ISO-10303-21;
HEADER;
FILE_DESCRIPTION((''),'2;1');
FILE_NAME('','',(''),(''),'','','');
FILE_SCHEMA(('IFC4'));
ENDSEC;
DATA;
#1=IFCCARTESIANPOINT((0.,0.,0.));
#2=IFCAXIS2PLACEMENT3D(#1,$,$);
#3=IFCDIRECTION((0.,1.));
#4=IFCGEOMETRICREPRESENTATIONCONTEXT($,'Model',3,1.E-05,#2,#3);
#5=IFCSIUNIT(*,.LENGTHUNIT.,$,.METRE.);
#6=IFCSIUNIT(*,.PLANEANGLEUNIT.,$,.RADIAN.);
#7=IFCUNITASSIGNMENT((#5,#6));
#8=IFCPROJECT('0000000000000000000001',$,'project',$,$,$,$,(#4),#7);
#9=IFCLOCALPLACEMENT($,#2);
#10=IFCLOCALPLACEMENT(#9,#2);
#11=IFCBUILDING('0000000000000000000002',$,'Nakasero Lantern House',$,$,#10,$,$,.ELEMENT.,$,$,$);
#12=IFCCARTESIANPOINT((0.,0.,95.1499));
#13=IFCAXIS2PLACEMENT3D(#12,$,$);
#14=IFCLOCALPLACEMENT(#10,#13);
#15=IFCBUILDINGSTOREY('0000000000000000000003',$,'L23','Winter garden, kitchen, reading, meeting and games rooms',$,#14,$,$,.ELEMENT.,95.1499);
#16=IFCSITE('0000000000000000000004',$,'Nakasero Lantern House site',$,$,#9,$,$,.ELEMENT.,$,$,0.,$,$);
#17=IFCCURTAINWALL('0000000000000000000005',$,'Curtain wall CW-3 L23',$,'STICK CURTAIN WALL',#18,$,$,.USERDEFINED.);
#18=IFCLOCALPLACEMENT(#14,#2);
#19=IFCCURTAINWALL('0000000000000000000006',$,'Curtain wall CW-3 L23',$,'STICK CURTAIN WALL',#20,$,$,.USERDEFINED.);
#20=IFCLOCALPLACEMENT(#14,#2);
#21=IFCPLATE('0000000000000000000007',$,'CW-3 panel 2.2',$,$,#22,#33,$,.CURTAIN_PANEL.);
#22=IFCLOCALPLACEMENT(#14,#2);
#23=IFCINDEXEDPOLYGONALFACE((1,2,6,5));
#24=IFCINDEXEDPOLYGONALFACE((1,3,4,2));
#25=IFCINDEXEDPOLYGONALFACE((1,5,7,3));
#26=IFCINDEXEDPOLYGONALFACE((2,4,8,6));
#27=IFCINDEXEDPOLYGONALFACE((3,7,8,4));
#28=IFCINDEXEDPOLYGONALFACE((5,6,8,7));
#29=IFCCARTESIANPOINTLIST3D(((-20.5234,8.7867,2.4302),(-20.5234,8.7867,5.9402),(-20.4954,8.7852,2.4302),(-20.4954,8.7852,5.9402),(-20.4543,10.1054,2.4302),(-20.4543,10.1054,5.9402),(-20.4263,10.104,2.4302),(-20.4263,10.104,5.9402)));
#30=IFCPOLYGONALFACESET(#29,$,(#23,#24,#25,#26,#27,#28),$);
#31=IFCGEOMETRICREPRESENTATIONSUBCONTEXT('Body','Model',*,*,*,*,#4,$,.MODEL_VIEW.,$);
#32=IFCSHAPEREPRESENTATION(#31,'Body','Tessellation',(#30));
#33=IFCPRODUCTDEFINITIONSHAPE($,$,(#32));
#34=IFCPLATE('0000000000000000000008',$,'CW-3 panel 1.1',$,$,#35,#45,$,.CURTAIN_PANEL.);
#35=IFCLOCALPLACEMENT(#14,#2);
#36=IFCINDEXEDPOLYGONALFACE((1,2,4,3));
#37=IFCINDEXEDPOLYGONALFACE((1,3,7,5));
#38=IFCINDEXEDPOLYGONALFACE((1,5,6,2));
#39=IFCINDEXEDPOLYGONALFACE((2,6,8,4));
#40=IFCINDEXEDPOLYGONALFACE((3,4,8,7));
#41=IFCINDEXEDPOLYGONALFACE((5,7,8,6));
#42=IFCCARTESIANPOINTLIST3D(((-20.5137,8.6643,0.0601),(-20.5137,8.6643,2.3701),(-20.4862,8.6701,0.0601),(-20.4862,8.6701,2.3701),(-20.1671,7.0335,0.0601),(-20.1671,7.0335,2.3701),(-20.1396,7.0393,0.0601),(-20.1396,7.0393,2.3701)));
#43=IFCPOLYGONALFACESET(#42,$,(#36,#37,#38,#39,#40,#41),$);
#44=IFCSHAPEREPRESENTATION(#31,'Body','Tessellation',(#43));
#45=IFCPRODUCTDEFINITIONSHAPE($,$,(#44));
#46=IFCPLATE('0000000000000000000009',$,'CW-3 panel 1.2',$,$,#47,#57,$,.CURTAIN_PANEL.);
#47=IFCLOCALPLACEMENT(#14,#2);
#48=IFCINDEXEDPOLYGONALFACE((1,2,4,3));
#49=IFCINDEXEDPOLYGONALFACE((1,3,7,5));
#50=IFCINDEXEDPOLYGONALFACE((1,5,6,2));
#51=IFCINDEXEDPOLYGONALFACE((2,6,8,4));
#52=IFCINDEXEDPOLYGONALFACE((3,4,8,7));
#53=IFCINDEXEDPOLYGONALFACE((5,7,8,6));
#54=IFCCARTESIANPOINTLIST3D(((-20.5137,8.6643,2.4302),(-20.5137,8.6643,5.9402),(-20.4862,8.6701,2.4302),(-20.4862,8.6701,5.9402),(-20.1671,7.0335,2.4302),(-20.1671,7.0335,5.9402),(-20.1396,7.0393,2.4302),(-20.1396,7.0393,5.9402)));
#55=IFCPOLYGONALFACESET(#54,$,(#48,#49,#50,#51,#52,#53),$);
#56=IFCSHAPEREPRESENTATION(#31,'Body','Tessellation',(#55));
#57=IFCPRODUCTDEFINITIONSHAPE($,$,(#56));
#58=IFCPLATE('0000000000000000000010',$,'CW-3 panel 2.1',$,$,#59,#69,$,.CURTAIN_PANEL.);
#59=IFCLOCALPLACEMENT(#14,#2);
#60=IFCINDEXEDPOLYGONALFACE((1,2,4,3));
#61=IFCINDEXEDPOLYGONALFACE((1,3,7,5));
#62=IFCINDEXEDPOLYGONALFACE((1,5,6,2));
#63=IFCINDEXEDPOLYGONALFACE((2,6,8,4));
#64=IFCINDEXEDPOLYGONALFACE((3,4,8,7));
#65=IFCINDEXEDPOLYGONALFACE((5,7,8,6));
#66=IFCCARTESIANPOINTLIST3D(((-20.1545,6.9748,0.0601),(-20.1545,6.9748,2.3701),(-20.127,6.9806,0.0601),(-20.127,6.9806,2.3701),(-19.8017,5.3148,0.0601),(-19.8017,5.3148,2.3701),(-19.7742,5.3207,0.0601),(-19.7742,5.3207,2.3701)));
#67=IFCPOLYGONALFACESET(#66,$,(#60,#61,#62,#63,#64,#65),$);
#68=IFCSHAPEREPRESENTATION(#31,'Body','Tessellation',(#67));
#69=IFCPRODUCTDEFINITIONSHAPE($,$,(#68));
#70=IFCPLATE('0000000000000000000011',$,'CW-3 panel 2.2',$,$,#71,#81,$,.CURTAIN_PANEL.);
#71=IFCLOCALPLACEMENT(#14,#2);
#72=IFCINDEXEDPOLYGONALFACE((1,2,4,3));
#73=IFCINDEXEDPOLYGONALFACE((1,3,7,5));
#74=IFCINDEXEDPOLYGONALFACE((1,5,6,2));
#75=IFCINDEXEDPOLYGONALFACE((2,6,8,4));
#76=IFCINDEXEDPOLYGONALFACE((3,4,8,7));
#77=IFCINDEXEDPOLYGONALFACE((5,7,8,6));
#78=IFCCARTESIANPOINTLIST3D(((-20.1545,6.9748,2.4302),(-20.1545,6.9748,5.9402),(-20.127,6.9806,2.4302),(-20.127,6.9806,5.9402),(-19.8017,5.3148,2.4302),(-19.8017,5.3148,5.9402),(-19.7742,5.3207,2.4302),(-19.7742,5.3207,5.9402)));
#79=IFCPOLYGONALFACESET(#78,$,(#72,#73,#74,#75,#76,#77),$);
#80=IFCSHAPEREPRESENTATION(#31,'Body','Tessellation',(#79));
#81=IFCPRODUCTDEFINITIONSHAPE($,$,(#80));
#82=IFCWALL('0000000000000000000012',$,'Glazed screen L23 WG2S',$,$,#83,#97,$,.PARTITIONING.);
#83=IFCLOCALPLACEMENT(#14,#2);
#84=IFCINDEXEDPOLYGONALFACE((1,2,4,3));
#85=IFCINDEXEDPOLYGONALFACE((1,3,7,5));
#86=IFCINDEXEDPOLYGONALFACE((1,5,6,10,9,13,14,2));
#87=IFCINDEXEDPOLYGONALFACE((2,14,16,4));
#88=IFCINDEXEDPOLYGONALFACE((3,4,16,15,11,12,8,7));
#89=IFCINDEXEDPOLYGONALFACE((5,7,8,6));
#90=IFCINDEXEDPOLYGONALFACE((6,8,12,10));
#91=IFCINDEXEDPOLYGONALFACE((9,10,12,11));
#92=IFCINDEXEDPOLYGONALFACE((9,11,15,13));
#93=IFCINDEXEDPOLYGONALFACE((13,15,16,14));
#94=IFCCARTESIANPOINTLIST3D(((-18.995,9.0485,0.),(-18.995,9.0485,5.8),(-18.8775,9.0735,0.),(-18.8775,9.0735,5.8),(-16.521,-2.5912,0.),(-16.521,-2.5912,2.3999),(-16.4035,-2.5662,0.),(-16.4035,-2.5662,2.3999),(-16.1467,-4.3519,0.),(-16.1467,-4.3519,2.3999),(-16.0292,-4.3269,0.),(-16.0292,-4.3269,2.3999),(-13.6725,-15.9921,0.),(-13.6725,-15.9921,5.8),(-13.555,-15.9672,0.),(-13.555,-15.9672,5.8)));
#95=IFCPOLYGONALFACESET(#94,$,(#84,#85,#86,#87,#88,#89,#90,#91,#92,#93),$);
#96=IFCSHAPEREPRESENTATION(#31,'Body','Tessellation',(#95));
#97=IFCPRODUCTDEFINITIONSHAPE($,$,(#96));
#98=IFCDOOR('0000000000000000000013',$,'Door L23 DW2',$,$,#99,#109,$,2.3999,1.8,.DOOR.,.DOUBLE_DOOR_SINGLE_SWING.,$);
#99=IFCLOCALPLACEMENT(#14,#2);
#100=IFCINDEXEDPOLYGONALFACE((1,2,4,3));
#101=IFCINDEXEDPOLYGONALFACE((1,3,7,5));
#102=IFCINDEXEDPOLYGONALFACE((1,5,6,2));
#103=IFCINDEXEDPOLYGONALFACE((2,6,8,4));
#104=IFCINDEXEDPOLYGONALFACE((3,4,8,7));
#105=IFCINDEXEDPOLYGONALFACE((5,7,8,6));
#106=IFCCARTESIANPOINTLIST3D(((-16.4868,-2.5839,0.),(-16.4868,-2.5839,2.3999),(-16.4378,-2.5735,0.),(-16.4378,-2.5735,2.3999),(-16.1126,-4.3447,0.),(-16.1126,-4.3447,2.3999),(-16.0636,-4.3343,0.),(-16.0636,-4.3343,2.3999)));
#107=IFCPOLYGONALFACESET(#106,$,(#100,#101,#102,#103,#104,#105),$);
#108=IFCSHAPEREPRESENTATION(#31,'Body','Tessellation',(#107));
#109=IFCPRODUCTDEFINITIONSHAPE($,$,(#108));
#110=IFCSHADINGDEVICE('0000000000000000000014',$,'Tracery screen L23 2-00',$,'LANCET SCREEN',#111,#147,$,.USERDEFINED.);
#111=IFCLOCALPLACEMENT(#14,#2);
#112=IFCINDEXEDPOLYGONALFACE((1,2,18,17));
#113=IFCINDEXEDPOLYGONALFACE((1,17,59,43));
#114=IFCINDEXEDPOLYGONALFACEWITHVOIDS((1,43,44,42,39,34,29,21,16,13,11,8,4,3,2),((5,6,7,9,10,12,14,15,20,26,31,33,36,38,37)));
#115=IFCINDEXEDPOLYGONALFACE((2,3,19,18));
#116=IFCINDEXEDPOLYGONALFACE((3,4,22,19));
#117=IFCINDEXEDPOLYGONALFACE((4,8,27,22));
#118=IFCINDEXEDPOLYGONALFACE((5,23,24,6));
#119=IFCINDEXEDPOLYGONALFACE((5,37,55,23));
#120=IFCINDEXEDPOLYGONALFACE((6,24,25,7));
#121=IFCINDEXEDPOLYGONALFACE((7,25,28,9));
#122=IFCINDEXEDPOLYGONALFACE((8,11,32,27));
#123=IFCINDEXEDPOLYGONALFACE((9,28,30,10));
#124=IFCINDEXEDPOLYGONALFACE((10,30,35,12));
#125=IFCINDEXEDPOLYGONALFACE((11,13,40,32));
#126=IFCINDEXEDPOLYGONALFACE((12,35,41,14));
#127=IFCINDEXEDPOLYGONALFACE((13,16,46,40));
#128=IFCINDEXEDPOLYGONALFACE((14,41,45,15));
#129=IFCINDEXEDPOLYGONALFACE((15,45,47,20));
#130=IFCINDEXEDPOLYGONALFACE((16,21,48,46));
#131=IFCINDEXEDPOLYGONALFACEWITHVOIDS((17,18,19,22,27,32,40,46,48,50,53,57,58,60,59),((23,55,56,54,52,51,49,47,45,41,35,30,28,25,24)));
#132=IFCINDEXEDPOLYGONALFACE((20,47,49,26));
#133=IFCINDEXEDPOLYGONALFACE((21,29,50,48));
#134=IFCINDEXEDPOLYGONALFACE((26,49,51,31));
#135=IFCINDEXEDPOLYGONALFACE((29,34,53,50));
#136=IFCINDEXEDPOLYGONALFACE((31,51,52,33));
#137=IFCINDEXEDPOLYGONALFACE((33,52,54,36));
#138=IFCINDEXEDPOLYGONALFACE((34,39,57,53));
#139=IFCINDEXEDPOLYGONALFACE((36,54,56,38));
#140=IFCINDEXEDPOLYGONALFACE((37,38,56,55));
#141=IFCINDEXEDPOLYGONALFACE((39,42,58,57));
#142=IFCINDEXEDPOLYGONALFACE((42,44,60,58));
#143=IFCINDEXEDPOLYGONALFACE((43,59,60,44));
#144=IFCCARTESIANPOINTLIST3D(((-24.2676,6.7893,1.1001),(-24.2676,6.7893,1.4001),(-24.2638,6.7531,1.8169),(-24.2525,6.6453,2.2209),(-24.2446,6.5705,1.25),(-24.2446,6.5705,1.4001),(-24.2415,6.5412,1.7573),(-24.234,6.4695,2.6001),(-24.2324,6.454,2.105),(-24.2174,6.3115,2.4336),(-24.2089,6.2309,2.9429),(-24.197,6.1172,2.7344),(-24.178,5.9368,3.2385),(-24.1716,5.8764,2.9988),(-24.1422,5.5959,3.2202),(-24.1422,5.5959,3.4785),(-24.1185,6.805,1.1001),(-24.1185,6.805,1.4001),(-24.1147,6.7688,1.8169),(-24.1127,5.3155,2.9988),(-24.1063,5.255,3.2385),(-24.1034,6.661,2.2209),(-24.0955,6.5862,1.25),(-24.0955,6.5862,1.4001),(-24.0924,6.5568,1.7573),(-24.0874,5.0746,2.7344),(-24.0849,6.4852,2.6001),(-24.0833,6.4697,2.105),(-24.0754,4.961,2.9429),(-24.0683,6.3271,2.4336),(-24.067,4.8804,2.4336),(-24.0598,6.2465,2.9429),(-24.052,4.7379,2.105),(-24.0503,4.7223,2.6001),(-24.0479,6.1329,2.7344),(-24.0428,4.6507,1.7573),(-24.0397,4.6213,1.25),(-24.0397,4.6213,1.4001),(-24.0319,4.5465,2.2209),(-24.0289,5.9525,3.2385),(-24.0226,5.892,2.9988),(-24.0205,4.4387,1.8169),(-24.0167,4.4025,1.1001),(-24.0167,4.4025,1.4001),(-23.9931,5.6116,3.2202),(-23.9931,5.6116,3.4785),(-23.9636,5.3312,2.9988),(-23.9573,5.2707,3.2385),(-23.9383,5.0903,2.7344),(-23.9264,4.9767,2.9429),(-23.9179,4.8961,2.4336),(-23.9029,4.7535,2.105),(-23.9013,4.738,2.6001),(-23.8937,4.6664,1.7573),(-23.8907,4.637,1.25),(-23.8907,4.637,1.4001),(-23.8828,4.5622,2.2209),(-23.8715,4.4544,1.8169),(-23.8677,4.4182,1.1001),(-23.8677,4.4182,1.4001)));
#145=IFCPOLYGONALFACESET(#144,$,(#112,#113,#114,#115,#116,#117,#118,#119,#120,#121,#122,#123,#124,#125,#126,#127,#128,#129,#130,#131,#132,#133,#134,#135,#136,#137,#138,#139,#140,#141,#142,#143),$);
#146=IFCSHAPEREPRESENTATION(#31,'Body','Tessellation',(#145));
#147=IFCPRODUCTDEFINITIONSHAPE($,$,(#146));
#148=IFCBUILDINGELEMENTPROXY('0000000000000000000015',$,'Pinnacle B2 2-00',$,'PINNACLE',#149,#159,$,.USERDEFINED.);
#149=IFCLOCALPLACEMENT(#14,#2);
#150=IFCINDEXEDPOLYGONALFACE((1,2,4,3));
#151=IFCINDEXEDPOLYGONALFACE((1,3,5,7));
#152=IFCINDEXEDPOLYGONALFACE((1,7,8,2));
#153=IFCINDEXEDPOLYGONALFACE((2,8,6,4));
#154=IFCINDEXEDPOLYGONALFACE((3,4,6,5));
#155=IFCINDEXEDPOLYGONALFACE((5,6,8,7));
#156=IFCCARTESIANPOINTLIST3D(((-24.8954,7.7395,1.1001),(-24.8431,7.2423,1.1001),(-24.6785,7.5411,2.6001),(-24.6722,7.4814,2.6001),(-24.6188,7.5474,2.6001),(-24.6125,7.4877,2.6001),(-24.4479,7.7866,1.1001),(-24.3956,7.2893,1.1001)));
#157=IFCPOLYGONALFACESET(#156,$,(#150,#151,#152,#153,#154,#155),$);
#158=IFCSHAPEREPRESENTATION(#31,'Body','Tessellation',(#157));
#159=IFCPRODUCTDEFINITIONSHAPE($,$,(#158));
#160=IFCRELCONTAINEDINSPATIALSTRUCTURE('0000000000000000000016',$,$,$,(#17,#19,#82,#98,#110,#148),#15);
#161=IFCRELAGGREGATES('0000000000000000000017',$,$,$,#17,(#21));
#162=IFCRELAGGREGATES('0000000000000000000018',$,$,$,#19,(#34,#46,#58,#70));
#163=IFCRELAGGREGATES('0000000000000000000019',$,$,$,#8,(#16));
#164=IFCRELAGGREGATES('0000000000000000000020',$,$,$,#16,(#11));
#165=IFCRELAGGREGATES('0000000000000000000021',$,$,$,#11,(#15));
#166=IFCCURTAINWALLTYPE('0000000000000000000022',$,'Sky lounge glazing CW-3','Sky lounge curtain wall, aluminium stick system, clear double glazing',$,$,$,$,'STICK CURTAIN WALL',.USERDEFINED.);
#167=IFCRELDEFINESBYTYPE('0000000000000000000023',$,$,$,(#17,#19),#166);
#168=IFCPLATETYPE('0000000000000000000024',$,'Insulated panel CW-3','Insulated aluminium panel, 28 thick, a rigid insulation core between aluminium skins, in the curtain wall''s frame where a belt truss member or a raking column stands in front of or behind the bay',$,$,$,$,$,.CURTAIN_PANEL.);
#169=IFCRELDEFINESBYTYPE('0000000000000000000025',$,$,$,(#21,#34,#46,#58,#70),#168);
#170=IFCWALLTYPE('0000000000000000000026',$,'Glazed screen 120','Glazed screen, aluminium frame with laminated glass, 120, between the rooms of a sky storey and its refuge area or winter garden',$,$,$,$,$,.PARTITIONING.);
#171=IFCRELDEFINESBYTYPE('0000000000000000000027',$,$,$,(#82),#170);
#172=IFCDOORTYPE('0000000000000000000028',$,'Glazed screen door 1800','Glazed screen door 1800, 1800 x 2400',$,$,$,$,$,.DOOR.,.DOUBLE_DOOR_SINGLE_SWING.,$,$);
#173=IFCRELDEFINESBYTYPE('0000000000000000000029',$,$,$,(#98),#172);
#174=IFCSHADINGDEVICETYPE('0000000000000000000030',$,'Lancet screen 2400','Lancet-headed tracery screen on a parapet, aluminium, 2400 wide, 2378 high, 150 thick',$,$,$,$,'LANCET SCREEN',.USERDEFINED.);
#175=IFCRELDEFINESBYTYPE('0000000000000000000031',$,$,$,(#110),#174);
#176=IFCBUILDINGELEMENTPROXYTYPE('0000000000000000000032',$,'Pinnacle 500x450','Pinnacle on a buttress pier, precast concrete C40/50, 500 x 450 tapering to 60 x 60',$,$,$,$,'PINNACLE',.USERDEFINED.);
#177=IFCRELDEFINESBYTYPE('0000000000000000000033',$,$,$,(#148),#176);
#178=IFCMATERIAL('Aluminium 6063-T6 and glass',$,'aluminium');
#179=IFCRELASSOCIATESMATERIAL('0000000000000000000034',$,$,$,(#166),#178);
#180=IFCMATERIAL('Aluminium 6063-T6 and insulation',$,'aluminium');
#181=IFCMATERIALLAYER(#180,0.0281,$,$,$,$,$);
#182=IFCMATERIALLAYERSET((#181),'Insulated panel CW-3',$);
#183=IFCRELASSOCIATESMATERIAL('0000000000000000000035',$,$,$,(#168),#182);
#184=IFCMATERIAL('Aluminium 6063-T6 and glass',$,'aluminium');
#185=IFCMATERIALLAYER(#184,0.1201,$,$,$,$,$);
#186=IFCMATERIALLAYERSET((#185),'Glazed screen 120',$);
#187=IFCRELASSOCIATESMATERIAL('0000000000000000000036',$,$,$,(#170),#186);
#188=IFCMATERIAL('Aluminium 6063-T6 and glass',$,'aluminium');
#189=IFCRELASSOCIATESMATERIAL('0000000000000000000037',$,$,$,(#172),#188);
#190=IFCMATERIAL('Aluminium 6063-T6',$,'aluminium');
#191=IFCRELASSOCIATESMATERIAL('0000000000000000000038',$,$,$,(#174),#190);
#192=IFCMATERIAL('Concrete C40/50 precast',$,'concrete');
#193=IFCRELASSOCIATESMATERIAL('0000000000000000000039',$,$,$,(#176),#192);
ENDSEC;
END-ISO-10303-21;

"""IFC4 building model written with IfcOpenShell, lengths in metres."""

from ifc_helpers import new_model, entity, si_unit, direction, frame, frame_2d, origin, origin_2d, place, context, subcontext, project, spatial, polyline, rectangle, outline, extrude, material, layer, layer_set, type_object, element, fill, aggregate, save


model = new_model("IFC4")

# Units and contexts
model_context = context("Model", 3, precision=1e-05, world=origin(), true_north=direction((0.0, 1.0)))
body_context = subcontext(model_context, "Body", "Model", "MODEL_VIEW")
ifc_project = project(units=[si_unit("LENGTHUNIT", "METRE"), si_unit("PLANEANGLEUNIT", "RADIAN")], contexts=[model_context])

# Site, building, storey
site_placement = place(None, origin())
site = spatial("IfcSite", under=ifc_project, at=site_placement, Name="Nakasero Lantern House site", CompositionType="ELEMENT", RefElevation=0.0)
building_placement = place(site_placement, origin())
building = spatial("IfcBuilding", under=site, at=building_placement, Name="Nakasero Lantern House", CompositionType="ELEMENT")
storey_placement = place(building_placement, frame((0.0, 0.0, 95.1499)))
storey = spatial("IfcBuildingStorey", under=building, at=storey_placement, Name="L23", Description="Winter garden, kitchen, reading, meeting and games rooms", CompositionType="ELEMENT", Elevation=95.1499)

# Curtain wall
ifc_material_1 = material(Name="Aluminium 6063-T6 and glass", Category="aluminium")
curtain_wall_type = type_object("IfcCurtainWallType", Name="Sky lounge glazing CW-3", Description="Sky lounge curtain wall, aluminium stick system, clear double glazing", ElementType="STICK CURTAIN WALL", PredefinedType="USERDEFINED", material=ifc_material_1)
curtain_wall_1_placement = place(storey_placement, origin())
curtain_wall_1 = element("IfcCurtainWall", 1, at=curtain_wall_1_placement, inside=storey, type_object=curtain_wall_type, Name="Curtain wall CW-3 L23", ObjectType="STICK CURTAIN WALL", PredefinedType="USERDEFINED")

# Curtain wall
curtain_wall_2_placement = place(storey_placement, origin())
curtain_wall_2 = element("IfcCurtainWall", 2, at=curtain_wall_2_placement, inside=storey, type_object=curtain_wall_type, Name="Curtain wall CW-3 L23", ObjectType="STICK CURTAIN WALL", PredefinedType="USERDEFINED")

# Plates
ifc_material_2 = material(Name="Aluminium 6063-T6 and insulation", Category="aluminium")
ifc_layer_1 = layer(ifc_material_2, 0.0281)
ifc_layer_set_1 = layer_set([ifc_layer_1], Name="Insulated panel CW-3")
plate_type = type_object("IfcPlateType", Name="Insulated panel CW-3", Description="Insulated aluminium panel, 28 thick, a rigid insulation core between aluminium skins, in the curtain wall's frame where a belt truss member or a raking column stands in front of or behind the bay", PredefinedType="CURTAIN_PANEL", material=ifc_layer_set_1)
plate_1_placement = place(storey_placement, frame((-20.4749, 9.4453, 2.4302), z_axis=(0.0, 0.0, 1.0), x_axis=(-0.052336, -0.99863, 0.0)))
plate_1 = element("IfcPlate", 3, at=plate_1_placement, type_object=plate_type, Name="CW-3 panel 2.2", PredefinedType="CURTAIN_PANEL", context=body_context, shape_type="SweptSolid", body=[
    extrude(rectangle(XDim=1.3206, YDim=0.0281, at=origin_2d()), origin(), (0.0, 0.0, 1.0), 3.51),
])
aggregate(curtain_wall_1, [plate_1])
plate_2_placement = place(storey_placement, frame((-20.3267, 7.8518, 0.0601), z_axis=(0.0, 0.0, 1.0), x_axis=(0.207912, -0.978148, 0.0)))
plate_2 = element("IfcPlate", 4, at=plate_2_placement, type_object=plate_type, Name="CW-3 panel 1.1", PredefinedType="CURTAIN_PANEL", context=body_context, shape_type="SweptSolid", body=[
    extrude(rectangle(XDim=1.6672, YDim=0.0281, at=origin_2d()), origin(), (0.0, 0.0, 1.0), 2.3101),
])
plate_3_placement = place(storey_placement, frame((-20.3267, 7.8518, 2.4302), z_axis=(0.0, 0.0, 1.0), x_axis=(0.207912, -0.978148, 0.0)))
plate_3 = element("IfcPlate", 5, at=plate_3_placement, type_object=plate_type, Name="CW-3 panel 1.2", PredefinedType="CURTAIN_PANEL", context=body_context, shape_type="SweptSolid", body=[
    extrude(rectangle(XDim=1.6672, YDim=0.0281, at=origin_2d()), origin(), (0.0, 0.0, 1.0), 3.51),
])
plate_4_placement = place(storey_placement, frame((-19.9644, 6.1477, 0.0601), z_axis=(0.0, 0.0, 1.0), x_axis=(0.207912, -0.978148, 0.0)))
plate_4 = element("IfcPlate", 6, at=plate_4_placement, type_object=plate_type, Name="CW-3 panel 2.1", PredefinedType="CURTAIN_PANEL", context=body_context, shape_type="SweptSolid", body=[
    extrude(rectangle(XDim=1.697, YDim=0.0281, at=origin_2d()), origin(), (0.0, 0.0, 1.0), 2.3101),
])
plate_5_placement = place(storey_placement, frame((-19.9644, 6.1477, 2.4302), z_axis=(0.0, 0.0, 1.0), x_axis=(0.207912, -0.978148, 0.0)))
plate_5 = element("IfcPlate", 7, at=plate_5_placement, type_object=plate_type, Name="CW-3 panel 2.2", PredefinedType="CURTAIN_PANEL", context=body_context, shape_type="SweptSolid", body=[
    extrude(rectangle(XDim=1.697, YDim=0.0281, at=origin_2d()), origin(), (0.0, 0.0, 1.0), 3.51),
])
aggregate(curtain_wall_2, [plate_2, plate_3, plate_4, plate_5])

# Wall, opening, door
ifc_material_3 = material(Name="Aluminium 6063-T6 and glass", Category="aluminium")
ifc_layer_2 = layer(ifc_material_3, 0.1201)
ifc_layer_set_2 = layer_set([ifc_layer_2], Name="Glazed screen 120")
wall_type = type_object("IfcWallType", Name="Glazed screen 120", Description="Glazed screen, aluminium frame with laminated glass, 120, between the rooms of a sky storey and its refuge area or winter garden", PredefinedType="PARTITIONING", material=ifc_layer_set_2)
wall_placement = place(storey_placement, frame((-18.9363, 9.061, 0.0), z_axis=(0.0, 0.0, 1.0), x_axis=(0.207909, -0.978148, 0.0)))
wall = element("IfcWall", 8, at=wall_placement, inside=storey, type_object=wall_type, Name="Glazed screen L23 WG2S", PredefinedType="PARTITIONING", context=body_context, shape_type="SweptSolid", body=[
    extrude(rectangle(XDim=25.6001, YDim=0.1201, at=frame_2d((12.8, 0.0))), origin(), (0.0, 0.0, 1.0), 5.8),
])
opening_placement = place(wall_placement, frame((11.8999, 0.0, 0.0)))
opening = element("IfcOpeningElement", 9, at=opening_placement, cuts=wall, PredefinedType="OPENING", context=body_context, shape_type="SweptSolid", body=[
    extrude(rectangle(XDim=1.8, YDim=2.3999, at=frame_2d((0.8999, 1.2))), frame((0.0, 0.0801, 0.0), z_axis=(0.0, -1.0, 0.0), x_axis=(1.0, 0.0, 0.0)), (0.0, 0.0, 1.0), 0.1602),
])
ifc_material_4 = material(Name="Aluminium 6063-T6 and glass", Category="aluminium")
door_type = type_object("IfcDoorType", Name="Glazed screen door 1800", Description="Glazed screen door 1800, 1800 x 2400", OperationType="DOUBLE_DOOR_SINGLE_SWING", PredefinedType="DOOR", material=ifc_material_4)
door_placement = place(opening_placement, origin())
door = element("IfcDoor", 10, at=door_placement, inside=storey, type_object=door_type, Name="Door L23 DW2", OperationType="DOUBLE_DOOR_SINGLE_SWING", OverallHeight=2.3999, OverallWidth=1.8, PredefinedType="DOOR", context=body_context, shape_type="SweptSolid", body=[
    extrude(rectangle(XDim=1.8, YDim=2.3999, at=frame_2d((0.8999, 1.2))), frame((0.0, 0.0249, 0.0), z_axis=(0.0, -1.0, 0.0), x_axis=(1.0, 0.0, 0.0)), (0.0, 0.0, 1.0), 0.05),
])
fill(opening, door)

# Shading device
ifc_material_5 = material(Name="Aluminium 6063-T6", Category="aluminium")
shading_device_type = type_object("IfcShadingDeviceType", Name="Lancet screen 2400", Description="Lancet-headed tracery screen on a parapet, aluminium, 2400 wide, 2378 high, 150 thick", ElementType="LANCET SCREEN", PredefinedType="USERDEFINED", material=ifc_material_5)
shading_device_placement = place(storey_placement, frame((-24.0676, 5.6038, 1.1001), z_axis=(0.0, 0.0, 1.0), x_axis=(0.104528, -0.994522, 0.0)))
element("IfcShadingDevice", 11, at=shading_device_placement, inside=storey, type_object=shading_device_type, Name="Tracery screen L23 2-00", ObjectType="LANCET SCREEN", PredefinedType="USERDEFINED", context=body_context, shape_type="SweptSolid", body=[
    extrude(outline(polyline([(-1.2, 0.0), (1.2, 0.0), (1.2, 0.3), (1.1636, 0.7168), (1.0552, 1.1208), (0.8784, 1.5), (0.6384, 1.8428), (0.3428, 2.1384), (0.0, 2.3784), (-0.3428, 2.1384), (-0.6384, 1.8428), (-0.8784, 1.5), (-1.0552, 1.1208), (-1.1636, 0.7168), (-1.2, 0.3), (-1.2, 0.0)]), holes=[polyline([(-0.98, 0.1499), (0.98, 0.1499), (0.98, 0.3), (0.9504, 0.6572), (0.8628, 1.0049), (0.7195, 1.3335), (0.5242, 1.6343), (0.282, 1.8987), (0.0, 2.1201), (-0.282, 1.8987), (-0.5242, 1.6343), (-0.7195, 1.3335), (-0.8628, 1.0049), (-0.9504, 0.6572), (-0.98, 0.3), (-0.98, 0.1499)])]), frame((0.0, 0.075, 0.0), z_axis=(0.0, -1.0, 0.0), x_axis=(1.0, 0.0, 0.0)), (0.0, 0.0, 1.0), 0.1499),
])

# Building element proxy
ifc_material_6 = material(Name="Concrete C40/50 precast", Category="concrete")
building_element_proxy_type = type_object("IfcBuildingElementProxyType", Name="Pinnacle 500x450", Description="Pinnacle on a buttress pier, precast concrete C40/50, 500 x 450 tapering to 60 x 60", ElementType="PINNACLE", PredefinedType="USERDEFINED", material=ifc_material_6)
proxy_placement = place(storey_placement, frame((-24.6455, 7.5144, 1.1001), z_axis=(0.0, 0.0, 1.0), x_axis=(-0.994522, -0.104528, 0.0)))
element("IfcBuildingElementProxy", 12, at=proxy_placement, inside=storey, type_object=building_element_proxy_type, Name="Pinnacle B2 2-00", ObjectType="PINNACLE", PredefinedType="USERDEFINED", context=body_context, shape_type="SweptSolid", body=[
    entity("IfcExtrudedAreaSolidTapered", entity("IfcRectangleProfileDef", "AREA", None, entity("IfcAxis2Placement2D", entity("IfcCartesianPoint", [0.0, 0.0])), 0.45, 0.5), entity("IfcAxis2Placement3D", entity("IfcCartesianPoint", [0.0, 0.0, 0.0])), entity("IfcDirection", [0.0, 0.0, 1.0]), 1.5, entity("IfcRectangleProfileDef", "AREA", None, entity("IfcAxis2Placement2D", entity("IfcCartesianPoint", [0.0, 0.0])), 0.0601, 0.0601)),
])

save(model, "model.ifc")
